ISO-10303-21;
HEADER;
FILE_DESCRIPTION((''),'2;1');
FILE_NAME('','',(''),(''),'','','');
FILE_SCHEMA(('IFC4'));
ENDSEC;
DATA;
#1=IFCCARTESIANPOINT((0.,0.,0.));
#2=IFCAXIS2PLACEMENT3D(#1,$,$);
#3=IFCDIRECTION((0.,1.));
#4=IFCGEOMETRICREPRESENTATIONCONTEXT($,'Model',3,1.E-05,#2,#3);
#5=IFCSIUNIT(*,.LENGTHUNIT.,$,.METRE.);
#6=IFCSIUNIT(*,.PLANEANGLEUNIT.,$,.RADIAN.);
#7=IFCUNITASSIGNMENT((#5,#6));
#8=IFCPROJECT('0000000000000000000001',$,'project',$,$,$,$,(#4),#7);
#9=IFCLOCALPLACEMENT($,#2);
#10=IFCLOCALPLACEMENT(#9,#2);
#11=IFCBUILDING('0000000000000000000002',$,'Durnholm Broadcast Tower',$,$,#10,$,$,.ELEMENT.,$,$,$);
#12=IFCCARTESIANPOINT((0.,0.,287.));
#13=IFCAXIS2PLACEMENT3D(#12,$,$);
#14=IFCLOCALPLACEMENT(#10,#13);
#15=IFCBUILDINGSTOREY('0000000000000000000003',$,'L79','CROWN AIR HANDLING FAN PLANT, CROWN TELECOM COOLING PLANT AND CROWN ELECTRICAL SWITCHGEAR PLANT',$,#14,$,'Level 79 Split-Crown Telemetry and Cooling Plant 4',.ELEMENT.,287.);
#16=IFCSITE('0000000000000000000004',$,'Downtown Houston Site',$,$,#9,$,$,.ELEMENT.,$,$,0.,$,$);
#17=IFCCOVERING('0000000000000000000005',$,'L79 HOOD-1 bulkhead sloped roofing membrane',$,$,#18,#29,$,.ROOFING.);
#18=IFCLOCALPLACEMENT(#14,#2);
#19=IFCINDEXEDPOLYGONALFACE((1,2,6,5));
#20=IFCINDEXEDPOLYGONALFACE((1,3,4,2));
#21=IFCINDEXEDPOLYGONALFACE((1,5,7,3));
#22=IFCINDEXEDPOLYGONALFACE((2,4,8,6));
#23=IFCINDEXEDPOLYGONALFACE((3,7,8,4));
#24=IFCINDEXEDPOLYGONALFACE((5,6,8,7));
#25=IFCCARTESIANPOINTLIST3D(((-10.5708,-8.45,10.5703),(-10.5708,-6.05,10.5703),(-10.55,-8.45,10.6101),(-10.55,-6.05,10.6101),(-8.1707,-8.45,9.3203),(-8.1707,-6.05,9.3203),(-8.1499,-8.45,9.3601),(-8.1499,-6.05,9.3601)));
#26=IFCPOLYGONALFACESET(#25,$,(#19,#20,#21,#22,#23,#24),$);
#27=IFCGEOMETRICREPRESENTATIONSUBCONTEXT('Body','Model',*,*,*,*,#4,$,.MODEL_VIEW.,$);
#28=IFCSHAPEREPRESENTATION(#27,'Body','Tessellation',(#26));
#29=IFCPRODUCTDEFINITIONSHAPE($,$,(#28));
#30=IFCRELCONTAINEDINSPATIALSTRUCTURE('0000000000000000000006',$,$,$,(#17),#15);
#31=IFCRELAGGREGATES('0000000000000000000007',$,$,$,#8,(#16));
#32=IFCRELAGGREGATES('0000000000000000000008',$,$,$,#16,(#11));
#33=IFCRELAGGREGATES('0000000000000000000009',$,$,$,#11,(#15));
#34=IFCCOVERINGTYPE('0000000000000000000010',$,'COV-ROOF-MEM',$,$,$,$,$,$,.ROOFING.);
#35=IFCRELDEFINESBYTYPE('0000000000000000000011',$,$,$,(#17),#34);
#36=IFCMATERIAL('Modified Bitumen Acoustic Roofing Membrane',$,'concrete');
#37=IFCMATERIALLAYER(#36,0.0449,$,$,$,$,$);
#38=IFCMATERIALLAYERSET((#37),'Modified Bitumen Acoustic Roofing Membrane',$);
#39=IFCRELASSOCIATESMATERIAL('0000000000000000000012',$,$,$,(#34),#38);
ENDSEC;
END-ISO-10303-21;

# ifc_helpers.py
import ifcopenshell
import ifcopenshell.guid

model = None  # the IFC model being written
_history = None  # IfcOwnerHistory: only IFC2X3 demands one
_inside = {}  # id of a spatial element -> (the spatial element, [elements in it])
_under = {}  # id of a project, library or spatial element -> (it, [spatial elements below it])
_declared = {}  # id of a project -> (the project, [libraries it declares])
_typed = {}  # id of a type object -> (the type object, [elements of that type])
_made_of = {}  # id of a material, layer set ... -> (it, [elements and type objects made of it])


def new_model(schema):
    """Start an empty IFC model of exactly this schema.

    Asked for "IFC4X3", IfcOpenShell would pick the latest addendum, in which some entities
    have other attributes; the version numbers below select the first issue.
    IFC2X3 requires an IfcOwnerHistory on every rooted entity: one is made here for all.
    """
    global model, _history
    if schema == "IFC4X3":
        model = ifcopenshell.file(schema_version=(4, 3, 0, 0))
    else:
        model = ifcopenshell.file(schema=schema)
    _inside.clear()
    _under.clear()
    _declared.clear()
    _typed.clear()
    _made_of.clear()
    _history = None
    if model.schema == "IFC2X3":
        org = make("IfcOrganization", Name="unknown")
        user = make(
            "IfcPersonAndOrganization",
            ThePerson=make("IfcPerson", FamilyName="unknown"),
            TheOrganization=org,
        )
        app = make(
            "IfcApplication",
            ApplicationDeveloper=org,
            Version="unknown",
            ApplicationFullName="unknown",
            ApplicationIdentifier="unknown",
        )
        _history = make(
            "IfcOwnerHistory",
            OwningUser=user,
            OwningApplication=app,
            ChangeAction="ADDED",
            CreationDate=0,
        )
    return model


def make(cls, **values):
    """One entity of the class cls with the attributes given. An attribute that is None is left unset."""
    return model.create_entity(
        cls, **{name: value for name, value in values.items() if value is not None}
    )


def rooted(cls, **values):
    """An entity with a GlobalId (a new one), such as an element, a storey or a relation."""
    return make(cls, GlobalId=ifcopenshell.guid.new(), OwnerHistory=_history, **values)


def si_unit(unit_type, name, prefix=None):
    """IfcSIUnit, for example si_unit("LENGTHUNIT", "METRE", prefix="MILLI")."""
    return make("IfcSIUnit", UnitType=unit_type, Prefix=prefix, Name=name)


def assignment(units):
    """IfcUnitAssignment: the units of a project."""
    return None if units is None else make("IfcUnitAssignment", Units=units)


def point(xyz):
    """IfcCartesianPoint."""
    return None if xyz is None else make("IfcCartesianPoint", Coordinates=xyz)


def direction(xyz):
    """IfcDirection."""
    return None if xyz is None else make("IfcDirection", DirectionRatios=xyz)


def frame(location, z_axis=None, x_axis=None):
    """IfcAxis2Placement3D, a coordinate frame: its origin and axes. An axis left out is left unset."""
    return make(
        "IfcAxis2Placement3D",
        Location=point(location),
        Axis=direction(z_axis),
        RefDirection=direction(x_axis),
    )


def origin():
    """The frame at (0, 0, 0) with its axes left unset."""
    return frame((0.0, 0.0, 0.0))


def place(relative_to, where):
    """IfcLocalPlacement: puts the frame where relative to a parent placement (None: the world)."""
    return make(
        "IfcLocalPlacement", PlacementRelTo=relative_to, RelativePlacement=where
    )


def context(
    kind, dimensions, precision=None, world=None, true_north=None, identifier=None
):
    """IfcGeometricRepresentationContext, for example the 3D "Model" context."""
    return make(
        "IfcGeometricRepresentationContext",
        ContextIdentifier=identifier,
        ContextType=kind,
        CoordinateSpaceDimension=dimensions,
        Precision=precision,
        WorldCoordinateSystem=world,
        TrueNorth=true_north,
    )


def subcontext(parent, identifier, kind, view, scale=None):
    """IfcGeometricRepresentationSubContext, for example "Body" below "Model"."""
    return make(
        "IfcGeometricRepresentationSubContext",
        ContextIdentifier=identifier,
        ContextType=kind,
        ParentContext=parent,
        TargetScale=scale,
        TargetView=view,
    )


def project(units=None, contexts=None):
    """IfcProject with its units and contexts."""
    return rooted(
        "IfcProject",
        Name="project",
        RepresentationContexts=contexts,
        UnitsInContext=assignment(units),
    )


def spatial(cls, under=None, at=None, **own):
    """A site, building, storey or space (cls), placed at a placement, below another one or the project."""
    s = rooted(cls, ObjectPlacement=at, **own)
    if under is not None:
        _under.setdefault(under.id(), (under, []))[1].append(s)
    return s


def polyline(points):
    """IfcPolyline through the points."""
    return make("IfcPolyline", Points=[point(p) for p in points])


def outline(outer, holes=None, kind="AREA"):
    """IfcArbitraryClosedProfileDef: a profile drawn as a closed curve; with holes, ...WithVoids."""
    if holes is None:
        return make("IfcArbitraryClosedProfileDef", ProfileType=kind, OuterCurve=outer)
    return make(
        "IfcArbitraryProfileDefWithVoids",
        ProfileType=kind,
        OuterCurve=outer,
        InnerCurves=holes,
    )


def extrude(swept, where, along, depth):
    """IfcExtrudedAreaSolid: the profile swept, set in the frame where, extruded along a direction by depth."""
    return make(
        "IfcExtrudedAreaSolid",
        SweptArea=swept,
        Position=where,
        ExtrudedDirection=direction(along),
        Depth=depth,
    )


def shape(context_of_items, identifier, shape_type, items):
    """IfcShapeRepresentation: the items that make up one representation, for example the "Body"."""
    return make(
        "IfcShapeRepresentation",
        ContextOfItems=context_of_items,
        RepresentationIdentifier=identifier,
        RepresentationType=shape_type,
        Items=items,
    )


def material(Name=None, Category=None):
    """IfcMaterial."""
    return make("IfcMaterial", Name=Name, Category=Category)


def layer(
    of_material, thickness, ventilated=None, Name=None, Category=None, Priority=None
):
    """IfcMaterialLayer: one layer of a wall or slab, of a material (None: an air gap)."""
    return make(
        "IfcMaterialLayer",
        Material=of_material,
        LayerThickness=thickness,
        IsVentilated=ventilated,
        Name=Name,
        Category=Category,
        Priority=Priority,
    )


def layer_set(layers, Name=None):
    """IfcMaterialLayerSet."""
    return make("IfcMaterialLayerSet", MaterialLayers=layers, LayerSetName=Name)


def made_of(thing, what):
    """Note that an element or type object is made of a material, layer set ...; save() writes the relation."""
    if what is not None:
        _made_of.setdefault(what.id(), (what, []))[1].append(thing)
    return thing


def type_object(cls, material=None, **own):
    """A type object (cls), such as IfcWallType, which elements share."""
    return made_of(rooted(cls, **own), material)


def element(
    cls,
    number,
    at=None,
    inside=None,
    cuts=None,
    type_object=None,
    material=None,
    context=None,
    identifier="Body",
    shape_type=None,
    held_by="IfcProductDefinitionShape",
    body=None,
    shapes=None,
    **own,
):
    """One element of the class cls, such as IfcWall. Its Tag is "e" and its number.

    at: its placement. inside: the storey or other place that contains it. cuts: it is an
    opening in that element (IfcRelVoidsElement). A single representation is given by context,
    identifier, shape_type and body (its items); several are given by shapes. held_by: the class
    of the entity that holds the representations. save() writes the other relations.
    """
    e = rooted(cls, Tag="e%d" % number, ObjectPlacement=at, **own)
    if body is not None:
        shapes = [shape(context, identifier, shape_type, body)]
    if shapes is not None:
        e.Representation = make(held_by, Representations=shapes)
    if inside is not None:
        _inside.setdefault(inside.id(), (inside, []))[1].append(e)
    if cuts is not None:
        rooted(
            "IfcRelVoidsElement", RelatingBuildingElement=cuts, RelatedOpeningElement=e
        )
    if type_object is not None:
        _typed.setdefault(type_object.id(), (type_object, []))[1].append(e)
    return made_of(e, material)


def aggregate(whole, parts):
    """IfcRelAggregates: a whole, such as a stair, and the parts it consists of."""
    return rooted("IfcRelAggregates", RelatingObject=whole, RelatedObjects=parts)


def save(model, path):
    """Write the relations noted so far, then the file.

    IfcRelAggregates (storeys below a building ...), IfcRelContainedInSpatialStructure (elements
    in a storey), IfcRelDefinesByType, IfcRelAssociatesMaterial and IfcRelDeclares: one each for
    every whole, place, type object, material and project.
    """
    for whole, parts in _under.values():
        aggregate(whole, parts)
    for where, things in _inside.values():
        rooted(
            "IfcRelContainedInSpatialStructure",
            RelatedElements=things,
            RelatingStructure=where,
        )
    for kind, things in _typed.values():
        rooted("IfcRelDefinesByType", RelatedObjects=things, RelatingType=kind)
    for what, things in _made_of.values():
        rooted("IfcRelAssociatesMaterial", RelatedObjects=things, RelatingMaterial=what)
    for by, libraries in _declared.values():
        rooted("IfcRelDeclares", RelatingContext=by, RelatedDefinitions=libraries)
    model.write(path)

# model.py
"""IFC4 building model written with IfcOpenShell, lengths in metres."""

from ifc_helpers import new_model, si_unit, direction, frame, origin, place, context, subcontext, project, spatial, polyline, outline, extrude, material, layer, layer_set, type_object, element, save


model = new_model("IFC4")

# Units and contexts
model_context = context("Model", 3, precision=1e-05, world=origin(), true_north=direction((0.0, 1.0)))
body_context = subcontext(model_context, "Body", "Model", "MODEL_VIEW")
ifc_project = project(units=[si_unit("LENGTHUNIT", "METRE"), si_unit("PLANEANGLEUNIT", "RADIAN")], contexts=[model_context])

# Site, building, storey
site_placement = place(None, origin())
site = spatial("IfcSite", under=ifc_project, at=site_placement, Name="Downtown Houston Site", CompositionType="ELEMENT", RefElevation=0.0)
building_placement = place(site_placement, origin())
building = spatial("IfcBuilding", under=site, at=building_placement, Name="Durnholm Broadcast Tower", CompositionType="ELEMENT")
storey_placement = place(building_placement, frame((0.0, 0.0, 287.0)))
storey = spatial("IfcBuildingStorey", under=building, at=storey_placement, Name="L79", Description="CROWN AIR HANDLING FAN PLANT, CROWN TELECOM COOLING PLANT AND CROWN ELECTRICAL SWITCHGEAR PLANT", LongName="Level 79 Split-Crown Telemetry and Cooling Plant 4", CompositionType="ELEMENT", Elevation=287.0)

# Covering
ifc_material_1 = material(Name="Modified Bitumen Acoustic Roofing Membrane", Category="concrete")
ifc_layer_1 = layer(ifc_material_1, 0.0449)
ifc_layer_set_1 = layer_set([ifc_layer_1], Name="Modified Bitumen Acoustic Roofing Membrane")
covering_type = type_object("IfcCoveringType", Name="COV-ROOF-MEM", PredefinedType="ROOFING", material=ifc_layer_set_1)
covering_placement = place(storey_placement, frame((-10.55, -8.45, 10.6101), z_axis=(0.461912, 0.0, 0.886926), x_axis=(0.886926, 0.0, -0.461912)))
element("IfcCovering", 1, at=covering_placement, inside=storey, type_object=covering_type, Name="L79 HOOD-1 bulkhead sloped roofing membrane", PredefinedType="ROOFING", context=body_context, shape_type="SweptSolid", body=[
    extrude(outline(polyline([(0.0, 0.0), (2.7061, 0.0), (2.7061, 2.3999), (0.0, 2.3999), (0.0, 0.0)])), origin(), (0.0, 0.0, -1.0), 0.0449),
])

save(model, "model.ifc")
